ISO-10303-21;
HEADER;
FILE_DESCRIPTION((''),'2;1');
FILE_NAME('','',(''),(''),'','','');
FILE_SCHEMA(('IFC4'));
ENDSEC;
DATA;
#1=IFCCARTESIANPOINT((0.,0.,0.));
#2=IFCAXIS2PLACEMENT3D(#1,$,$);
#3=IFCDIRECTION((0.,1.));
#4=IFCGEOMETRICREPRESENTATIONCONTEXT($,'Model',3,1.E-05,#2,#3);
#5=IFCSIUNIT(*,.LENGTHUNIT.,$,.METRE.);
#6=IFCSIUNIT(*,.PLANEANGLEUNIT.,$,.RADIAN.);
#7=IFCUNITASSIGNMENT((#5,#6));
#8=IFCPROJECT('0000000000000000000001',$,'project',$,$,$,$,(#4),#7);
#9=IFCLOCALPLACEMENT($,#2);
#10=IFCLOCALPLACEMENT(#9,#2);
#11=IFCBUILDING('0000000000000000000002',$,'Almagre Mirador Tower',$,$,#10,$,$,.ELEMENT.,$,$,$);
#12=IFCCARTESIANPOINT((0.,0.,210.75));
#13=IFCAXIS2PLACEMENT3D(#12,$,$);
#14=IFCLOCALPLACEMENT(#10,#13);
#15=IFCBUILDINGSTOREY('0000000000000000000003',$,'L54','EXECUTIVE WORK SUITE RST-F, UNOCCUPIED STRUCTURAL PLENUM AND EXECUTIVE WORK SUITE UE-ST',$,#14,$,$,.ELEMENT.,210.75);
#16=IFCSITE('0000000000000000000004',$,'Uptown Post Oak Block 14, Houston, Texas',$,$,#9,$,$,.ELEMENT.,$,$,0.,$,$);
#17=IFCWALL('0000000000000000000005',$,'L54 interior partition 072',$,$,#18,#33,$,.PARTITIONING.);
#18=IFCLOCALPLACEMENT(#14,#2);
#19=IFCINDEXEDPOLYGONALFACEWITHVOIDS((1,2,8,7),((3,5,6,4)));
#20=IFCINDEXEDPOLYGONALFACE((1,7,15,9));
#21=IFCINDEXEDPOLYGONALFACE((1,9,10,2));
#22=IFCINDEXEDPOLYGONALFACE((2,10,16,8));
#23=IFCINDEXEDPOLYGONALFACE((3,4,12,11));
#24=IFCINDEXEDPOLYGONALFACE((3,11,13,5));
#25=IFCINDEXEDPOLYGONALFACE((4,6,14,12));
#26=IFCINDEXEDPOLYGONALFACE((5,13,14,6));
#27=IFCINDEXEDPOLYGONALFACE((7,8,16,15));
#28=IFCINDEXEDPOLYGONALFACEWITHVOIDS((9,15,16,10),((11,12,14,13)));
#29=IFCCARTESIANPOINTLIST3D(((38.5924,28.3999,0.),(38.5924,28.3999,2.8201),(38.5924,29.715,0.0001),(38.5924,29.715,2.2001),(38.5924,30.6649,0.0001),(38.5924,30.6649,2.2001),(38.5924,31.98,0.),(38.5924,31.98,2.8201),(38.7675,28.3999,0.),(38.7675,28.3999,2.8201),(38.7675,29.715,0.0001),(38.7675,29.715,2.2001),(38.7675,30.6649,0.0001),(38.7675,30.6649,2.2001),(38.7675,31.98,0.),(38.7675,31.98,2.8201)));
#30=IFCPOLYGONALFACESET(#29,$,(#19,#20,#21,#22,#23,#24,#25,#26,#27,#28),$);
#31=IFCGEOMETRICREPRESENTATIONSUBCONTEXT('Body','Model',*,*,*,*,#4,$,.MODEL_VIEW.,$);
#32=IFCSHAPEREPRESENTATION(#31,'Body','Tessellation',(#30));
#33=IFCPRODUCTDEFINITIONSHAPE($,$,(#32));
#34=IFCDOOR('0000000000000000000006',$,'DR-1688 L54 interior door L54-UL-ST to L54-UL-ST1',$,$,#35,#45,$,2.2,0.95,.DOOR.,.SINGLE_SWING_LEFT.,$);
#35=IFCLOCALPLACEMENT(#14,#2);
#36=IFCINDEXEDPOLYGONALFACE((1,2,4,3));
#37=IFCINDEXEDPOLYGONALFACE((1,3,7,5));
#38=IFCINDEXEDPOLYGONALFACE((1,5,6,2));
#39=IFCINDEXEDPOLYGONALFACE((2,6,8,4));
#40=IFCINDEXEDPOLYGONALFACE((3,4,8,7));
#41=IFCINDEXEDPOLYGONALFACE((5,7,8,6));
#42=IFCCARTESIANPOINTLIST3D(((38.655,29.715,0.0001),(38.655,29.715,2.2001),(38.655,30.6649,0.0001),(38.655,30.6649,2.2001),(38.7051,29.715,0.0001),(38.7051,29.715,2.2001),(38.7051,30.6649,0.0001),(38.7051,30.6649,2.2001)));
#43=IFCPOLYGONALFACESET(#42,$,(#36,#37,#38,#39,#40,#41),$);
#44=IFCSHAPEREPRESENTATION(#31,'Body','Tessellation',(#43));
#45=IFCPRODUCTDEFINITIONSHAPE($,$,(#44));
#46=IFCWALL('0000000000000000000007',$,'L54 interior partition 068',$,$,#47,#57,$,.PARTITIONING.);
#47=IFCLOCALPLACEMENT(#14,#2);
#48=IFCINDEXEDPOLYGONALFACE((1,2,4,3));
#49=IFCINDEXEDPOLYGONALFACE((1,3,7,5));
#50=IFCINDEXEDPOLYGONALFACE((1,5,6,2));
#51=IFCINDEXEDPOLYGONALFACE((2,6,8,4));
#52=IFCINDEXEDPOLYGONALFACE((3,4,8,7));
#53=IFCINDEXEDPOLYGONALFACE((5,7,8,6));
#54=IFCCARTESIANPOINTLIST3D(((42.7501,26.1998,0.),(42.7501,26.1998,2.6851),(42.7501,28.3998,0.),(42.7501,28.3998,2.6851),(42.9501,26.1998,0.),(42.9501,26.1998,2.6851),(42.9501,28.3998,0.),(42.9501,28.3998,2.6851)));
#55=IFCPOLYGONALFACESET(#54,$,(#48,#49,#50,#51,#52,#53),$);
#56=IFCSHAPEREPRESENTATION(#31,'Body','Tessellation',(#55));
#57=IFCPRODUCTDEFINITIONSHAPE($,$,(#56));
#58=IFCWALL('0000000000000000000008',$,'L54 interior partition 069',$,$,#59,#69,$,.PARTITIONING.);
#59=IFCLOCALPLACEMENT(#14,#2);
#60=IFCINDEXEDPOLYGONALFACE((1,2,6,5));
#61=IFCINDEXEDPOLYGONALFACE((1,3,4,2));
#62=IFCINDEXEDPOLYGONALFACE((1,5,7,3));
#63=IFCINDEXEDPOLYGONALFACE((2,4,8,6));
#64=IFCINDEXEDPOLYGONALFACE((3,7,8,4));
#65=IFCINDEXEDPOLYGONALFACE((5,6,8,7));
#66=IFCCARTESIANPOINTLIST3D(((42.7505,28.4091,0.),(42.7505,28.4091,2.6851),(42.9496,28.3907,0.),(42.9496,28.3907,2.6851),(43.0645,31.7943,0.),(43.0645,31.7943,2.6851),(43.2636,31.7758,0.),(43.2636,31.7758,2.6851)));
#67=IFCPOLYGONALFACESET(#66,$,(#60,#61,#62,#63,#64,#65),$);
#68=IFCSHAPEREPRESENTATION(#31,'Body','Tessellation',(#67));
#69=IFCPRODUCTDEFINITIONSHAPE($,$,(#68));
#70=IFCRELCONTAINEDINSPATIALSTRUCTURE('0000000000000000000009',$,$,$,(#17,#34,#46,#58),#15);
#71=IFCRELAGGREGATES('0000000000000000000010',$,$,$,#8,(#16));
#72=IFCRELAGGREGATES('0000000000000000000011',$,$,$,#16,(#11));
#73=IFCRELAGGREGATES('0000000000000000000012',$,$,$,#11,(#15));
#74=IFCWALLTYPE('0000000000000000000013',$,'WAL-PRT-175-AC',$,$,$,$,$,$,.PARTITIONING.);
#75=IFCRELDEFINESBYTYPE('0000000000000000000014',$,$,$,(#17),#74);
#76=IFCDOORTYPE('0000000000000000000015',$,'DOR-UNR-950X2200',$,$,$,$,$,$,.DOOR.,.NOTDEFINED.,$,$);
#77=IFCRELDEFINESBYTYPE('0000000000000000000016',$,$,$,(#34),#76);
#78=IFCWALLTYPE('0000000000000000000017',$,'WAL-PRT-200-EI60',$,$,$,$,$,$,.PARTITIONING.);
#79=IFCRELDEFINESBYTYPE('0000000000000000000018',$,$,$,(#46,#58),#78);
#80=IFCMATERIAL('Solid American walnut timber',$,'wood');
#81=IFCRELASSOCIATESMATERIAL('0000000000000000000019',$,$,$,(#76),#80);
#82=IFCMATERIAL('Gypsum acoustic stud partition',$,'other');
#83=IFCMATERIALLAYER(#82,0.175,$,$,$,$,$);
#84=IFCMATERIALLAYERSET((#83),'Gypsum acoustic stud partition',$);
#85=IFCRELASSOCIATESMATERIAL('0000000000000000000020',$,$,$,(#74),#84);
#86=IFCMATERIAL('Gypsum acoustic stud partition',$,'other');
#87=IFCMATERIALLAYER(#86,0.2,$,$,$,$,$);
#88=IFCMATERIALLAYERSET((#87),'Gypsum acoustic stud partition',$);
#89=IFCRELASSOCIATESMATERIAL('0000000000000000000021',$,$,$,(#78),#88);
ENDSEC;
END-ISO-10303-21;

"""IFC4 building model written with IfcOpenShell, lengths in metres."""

from ifc_helpers import new_model, si_unit, direction, frame, frame_2d, origin, place, context, subcontext, project, spatial, rectangle, extrude, material, layer, layer_set, type_object, element, fill, save


model = new_model("IFC4")

# Units and contexts
model_context = context("Model", 3, precision=1e-05, world=origin(), true_north=direction((0.0, 1.0)))
body_context = subcontext(model_context, "Body", "Model", "MODEL_VIEW")
ifc_project = project(units=[si_unit("LENGTHUNIT", "METRE"), si_unit("PLANEANGLEUNIT", "RADIAN")], contexts=[model_context])

# Site, building, storey
site_placement = place(None, origin())
site = spatial("IfcSite", under=ifc_project, at=site_placement, Name="Uptown Post Oak Block 14, Houston, Texas", CompositionType="ELEMENT", RefElevation=0.0)
building_placement = place(site_placement, origin())
building = spatial("IfcBuilding", under=site, at=building_placement, Name="Almagre Mirador Tower", CompositionType="ELEMENT")
storey_placement = place(building_placement, frame((0.0, 0.0, 210.75)))
storey = spatial("IfcBuildingStorey", under=building, at=storey_placement, Name="L54", Description="EXECUTIVE WORK SUITE RST-F, UNOCCUPIED STRUCTURAL PLENUM AND EXECUTIVE WORK SUITE UE-ST", CompositionType="ELEMENT", Elevation=210.75)

# Shared definitions
ifc_material_1 = material(Name="Solid American walnut timber", Category="wood")
door_type = type_object("IfcDoorType", Name="DOR-UNR-950X2200", OperationType="NOTDEFINED", PredefinedType="DOOR", material=ifc_material_1)

# Wall, opening, door
ifc_material_2 = material(Name="Gypsum acoustic stud partition", Category="other")
ifc_layer_1 = layer(ifc_material_2, 0.175)
ifc_layer_set_1 = layer_set([ifc_layer_1], Name="Gypsum acoustic stud partition")
wall_type_1 = type_object("IfcWallType", Name="WAL-PRT-175-AC", PredefinedType="PARTITIONING", material=ifc_layer_set_1)
wall_1_placement = place(storey_placement, frame((38.6799, 28.3999, 0.0), z_axis=(0.0, 0.0, 1.0), x_axis=(0.0, 1.0, 0.0)))
wall_1 = element("IfcWall", 1, at=wall_1_placement, inside=storey, type_object=wall_type_1, Name="L54 interior partition 072", PredefinedType="PARTITIONING", context=body_context, shape_type="SweptSolid", body=[
    extrude(rectangle(XDim=3.5801, YDim=0.175, at=frame_2d((1.79, 0.0))), origin(), (0.0, 0.0, 1.0), 2.8201),
])
opening_1_placement = place(wall_1_placement, frame((1.3149, 0.0, 0.0)))
opening_1 = element("IfcOpeningElement", 2, at=opening_1_placement, cuts=wall_1, PredefinedType="OPENING", context=body_context, shape_type="SweptSolid", body=[
    extrude(rectangle(XDim=0.95, YDim=2.2, at=frame_2d((0.4751, 1.1001))), frame((0.0, 0.0974, 0.0), z_axis=(0.0, -1.0, 0.0), x_axis=(1.0, 0.0, 0.0)), (0.0, 0.0, 1.0), 0.195),
])
door_1_placement = place(opening_1_placement, origin())
door_1 = element("IfcDoor", 3, at=door_1_placement, inside=storey, type_object=door_type, Name="DR-1688 L54 interior door L54-UL-ST to L54-UL-ST1", OperationType="SINGLE_SWING_LEFT", OverallHeight=2.2, OverallWidth=0.95, PredefinedType="DOOR", context=body_context, shape_type="SweptSolid", body=[
    extrude(rectangle(XDim=0.95, YDim=2.2, at=frame_2d((0.4751, 1.1001))), frame((0.0, 0.0249, 0.0), z_axis=(0.0, -1.0, 0.0), x_axis=(1.0, 0.0, 0.0)), (0.0, 0.0, 1.0), 0.05),
])
fill(opening_1, door_1)

# Walls
ifc_material_3 = material(Name="Gypsum acoustic stud partition", Category="other")
ifc_layer_2 = layer(ifc_material_3, 0.2)
ifc_layer_set_2 = layer_set([ifc_layer_2], Name="Gypsum acoustic stud partition")
wall_type_2 = type_object("IfcWallType", Name="WAL-PRT-200-EI60", PredefinedType="PARTITIONING", material=ifc_layer_set_2)
wall_2_placement = place(storey_placement, frame((42.8501, 28.3999, 0.0), z_axis=(0.0, 0.0, 1.0), x_axis=(0.0, -1.0, 0.0)))
element("IfcWall", 4, at=wall_2_placement, inside=storey, type_object=wall_type_2, Name="L54 interior partition 068", PredefinedType="PARTITIONING", context=body_context, shape_type="SweptSolid", body=[
    extrude(rectangle(XDim=2.2, YDim=0.2, at=frame_2d((1.1001, 0.0))), origin(), (0.0, 0.0, 1.0), 2.6851),
])
wall_3_placement = place(storey_placement, frame((43.1641, 31.7849, 0.0), z_axis=(0.0, 0.0, 1.0), x_axis=(-0.092355, -0.995726, 0.0)))
element("IfcWall", 5, at=wall_3_placement, inside=storey, type_object=wall_type_2, Name="L54 interior partition 069", PredefinedType="PARTITIONING", context=body_context, shape_type="SweptSolid", body=[
    extrude(rectangle(XDim=3.3997, YDim=0.2, at=frame_2d((1.6997, 0.0))), origin(), (0.0, 0.0, 1.0), 2.6851),
])

save(model, "model.ifc")
